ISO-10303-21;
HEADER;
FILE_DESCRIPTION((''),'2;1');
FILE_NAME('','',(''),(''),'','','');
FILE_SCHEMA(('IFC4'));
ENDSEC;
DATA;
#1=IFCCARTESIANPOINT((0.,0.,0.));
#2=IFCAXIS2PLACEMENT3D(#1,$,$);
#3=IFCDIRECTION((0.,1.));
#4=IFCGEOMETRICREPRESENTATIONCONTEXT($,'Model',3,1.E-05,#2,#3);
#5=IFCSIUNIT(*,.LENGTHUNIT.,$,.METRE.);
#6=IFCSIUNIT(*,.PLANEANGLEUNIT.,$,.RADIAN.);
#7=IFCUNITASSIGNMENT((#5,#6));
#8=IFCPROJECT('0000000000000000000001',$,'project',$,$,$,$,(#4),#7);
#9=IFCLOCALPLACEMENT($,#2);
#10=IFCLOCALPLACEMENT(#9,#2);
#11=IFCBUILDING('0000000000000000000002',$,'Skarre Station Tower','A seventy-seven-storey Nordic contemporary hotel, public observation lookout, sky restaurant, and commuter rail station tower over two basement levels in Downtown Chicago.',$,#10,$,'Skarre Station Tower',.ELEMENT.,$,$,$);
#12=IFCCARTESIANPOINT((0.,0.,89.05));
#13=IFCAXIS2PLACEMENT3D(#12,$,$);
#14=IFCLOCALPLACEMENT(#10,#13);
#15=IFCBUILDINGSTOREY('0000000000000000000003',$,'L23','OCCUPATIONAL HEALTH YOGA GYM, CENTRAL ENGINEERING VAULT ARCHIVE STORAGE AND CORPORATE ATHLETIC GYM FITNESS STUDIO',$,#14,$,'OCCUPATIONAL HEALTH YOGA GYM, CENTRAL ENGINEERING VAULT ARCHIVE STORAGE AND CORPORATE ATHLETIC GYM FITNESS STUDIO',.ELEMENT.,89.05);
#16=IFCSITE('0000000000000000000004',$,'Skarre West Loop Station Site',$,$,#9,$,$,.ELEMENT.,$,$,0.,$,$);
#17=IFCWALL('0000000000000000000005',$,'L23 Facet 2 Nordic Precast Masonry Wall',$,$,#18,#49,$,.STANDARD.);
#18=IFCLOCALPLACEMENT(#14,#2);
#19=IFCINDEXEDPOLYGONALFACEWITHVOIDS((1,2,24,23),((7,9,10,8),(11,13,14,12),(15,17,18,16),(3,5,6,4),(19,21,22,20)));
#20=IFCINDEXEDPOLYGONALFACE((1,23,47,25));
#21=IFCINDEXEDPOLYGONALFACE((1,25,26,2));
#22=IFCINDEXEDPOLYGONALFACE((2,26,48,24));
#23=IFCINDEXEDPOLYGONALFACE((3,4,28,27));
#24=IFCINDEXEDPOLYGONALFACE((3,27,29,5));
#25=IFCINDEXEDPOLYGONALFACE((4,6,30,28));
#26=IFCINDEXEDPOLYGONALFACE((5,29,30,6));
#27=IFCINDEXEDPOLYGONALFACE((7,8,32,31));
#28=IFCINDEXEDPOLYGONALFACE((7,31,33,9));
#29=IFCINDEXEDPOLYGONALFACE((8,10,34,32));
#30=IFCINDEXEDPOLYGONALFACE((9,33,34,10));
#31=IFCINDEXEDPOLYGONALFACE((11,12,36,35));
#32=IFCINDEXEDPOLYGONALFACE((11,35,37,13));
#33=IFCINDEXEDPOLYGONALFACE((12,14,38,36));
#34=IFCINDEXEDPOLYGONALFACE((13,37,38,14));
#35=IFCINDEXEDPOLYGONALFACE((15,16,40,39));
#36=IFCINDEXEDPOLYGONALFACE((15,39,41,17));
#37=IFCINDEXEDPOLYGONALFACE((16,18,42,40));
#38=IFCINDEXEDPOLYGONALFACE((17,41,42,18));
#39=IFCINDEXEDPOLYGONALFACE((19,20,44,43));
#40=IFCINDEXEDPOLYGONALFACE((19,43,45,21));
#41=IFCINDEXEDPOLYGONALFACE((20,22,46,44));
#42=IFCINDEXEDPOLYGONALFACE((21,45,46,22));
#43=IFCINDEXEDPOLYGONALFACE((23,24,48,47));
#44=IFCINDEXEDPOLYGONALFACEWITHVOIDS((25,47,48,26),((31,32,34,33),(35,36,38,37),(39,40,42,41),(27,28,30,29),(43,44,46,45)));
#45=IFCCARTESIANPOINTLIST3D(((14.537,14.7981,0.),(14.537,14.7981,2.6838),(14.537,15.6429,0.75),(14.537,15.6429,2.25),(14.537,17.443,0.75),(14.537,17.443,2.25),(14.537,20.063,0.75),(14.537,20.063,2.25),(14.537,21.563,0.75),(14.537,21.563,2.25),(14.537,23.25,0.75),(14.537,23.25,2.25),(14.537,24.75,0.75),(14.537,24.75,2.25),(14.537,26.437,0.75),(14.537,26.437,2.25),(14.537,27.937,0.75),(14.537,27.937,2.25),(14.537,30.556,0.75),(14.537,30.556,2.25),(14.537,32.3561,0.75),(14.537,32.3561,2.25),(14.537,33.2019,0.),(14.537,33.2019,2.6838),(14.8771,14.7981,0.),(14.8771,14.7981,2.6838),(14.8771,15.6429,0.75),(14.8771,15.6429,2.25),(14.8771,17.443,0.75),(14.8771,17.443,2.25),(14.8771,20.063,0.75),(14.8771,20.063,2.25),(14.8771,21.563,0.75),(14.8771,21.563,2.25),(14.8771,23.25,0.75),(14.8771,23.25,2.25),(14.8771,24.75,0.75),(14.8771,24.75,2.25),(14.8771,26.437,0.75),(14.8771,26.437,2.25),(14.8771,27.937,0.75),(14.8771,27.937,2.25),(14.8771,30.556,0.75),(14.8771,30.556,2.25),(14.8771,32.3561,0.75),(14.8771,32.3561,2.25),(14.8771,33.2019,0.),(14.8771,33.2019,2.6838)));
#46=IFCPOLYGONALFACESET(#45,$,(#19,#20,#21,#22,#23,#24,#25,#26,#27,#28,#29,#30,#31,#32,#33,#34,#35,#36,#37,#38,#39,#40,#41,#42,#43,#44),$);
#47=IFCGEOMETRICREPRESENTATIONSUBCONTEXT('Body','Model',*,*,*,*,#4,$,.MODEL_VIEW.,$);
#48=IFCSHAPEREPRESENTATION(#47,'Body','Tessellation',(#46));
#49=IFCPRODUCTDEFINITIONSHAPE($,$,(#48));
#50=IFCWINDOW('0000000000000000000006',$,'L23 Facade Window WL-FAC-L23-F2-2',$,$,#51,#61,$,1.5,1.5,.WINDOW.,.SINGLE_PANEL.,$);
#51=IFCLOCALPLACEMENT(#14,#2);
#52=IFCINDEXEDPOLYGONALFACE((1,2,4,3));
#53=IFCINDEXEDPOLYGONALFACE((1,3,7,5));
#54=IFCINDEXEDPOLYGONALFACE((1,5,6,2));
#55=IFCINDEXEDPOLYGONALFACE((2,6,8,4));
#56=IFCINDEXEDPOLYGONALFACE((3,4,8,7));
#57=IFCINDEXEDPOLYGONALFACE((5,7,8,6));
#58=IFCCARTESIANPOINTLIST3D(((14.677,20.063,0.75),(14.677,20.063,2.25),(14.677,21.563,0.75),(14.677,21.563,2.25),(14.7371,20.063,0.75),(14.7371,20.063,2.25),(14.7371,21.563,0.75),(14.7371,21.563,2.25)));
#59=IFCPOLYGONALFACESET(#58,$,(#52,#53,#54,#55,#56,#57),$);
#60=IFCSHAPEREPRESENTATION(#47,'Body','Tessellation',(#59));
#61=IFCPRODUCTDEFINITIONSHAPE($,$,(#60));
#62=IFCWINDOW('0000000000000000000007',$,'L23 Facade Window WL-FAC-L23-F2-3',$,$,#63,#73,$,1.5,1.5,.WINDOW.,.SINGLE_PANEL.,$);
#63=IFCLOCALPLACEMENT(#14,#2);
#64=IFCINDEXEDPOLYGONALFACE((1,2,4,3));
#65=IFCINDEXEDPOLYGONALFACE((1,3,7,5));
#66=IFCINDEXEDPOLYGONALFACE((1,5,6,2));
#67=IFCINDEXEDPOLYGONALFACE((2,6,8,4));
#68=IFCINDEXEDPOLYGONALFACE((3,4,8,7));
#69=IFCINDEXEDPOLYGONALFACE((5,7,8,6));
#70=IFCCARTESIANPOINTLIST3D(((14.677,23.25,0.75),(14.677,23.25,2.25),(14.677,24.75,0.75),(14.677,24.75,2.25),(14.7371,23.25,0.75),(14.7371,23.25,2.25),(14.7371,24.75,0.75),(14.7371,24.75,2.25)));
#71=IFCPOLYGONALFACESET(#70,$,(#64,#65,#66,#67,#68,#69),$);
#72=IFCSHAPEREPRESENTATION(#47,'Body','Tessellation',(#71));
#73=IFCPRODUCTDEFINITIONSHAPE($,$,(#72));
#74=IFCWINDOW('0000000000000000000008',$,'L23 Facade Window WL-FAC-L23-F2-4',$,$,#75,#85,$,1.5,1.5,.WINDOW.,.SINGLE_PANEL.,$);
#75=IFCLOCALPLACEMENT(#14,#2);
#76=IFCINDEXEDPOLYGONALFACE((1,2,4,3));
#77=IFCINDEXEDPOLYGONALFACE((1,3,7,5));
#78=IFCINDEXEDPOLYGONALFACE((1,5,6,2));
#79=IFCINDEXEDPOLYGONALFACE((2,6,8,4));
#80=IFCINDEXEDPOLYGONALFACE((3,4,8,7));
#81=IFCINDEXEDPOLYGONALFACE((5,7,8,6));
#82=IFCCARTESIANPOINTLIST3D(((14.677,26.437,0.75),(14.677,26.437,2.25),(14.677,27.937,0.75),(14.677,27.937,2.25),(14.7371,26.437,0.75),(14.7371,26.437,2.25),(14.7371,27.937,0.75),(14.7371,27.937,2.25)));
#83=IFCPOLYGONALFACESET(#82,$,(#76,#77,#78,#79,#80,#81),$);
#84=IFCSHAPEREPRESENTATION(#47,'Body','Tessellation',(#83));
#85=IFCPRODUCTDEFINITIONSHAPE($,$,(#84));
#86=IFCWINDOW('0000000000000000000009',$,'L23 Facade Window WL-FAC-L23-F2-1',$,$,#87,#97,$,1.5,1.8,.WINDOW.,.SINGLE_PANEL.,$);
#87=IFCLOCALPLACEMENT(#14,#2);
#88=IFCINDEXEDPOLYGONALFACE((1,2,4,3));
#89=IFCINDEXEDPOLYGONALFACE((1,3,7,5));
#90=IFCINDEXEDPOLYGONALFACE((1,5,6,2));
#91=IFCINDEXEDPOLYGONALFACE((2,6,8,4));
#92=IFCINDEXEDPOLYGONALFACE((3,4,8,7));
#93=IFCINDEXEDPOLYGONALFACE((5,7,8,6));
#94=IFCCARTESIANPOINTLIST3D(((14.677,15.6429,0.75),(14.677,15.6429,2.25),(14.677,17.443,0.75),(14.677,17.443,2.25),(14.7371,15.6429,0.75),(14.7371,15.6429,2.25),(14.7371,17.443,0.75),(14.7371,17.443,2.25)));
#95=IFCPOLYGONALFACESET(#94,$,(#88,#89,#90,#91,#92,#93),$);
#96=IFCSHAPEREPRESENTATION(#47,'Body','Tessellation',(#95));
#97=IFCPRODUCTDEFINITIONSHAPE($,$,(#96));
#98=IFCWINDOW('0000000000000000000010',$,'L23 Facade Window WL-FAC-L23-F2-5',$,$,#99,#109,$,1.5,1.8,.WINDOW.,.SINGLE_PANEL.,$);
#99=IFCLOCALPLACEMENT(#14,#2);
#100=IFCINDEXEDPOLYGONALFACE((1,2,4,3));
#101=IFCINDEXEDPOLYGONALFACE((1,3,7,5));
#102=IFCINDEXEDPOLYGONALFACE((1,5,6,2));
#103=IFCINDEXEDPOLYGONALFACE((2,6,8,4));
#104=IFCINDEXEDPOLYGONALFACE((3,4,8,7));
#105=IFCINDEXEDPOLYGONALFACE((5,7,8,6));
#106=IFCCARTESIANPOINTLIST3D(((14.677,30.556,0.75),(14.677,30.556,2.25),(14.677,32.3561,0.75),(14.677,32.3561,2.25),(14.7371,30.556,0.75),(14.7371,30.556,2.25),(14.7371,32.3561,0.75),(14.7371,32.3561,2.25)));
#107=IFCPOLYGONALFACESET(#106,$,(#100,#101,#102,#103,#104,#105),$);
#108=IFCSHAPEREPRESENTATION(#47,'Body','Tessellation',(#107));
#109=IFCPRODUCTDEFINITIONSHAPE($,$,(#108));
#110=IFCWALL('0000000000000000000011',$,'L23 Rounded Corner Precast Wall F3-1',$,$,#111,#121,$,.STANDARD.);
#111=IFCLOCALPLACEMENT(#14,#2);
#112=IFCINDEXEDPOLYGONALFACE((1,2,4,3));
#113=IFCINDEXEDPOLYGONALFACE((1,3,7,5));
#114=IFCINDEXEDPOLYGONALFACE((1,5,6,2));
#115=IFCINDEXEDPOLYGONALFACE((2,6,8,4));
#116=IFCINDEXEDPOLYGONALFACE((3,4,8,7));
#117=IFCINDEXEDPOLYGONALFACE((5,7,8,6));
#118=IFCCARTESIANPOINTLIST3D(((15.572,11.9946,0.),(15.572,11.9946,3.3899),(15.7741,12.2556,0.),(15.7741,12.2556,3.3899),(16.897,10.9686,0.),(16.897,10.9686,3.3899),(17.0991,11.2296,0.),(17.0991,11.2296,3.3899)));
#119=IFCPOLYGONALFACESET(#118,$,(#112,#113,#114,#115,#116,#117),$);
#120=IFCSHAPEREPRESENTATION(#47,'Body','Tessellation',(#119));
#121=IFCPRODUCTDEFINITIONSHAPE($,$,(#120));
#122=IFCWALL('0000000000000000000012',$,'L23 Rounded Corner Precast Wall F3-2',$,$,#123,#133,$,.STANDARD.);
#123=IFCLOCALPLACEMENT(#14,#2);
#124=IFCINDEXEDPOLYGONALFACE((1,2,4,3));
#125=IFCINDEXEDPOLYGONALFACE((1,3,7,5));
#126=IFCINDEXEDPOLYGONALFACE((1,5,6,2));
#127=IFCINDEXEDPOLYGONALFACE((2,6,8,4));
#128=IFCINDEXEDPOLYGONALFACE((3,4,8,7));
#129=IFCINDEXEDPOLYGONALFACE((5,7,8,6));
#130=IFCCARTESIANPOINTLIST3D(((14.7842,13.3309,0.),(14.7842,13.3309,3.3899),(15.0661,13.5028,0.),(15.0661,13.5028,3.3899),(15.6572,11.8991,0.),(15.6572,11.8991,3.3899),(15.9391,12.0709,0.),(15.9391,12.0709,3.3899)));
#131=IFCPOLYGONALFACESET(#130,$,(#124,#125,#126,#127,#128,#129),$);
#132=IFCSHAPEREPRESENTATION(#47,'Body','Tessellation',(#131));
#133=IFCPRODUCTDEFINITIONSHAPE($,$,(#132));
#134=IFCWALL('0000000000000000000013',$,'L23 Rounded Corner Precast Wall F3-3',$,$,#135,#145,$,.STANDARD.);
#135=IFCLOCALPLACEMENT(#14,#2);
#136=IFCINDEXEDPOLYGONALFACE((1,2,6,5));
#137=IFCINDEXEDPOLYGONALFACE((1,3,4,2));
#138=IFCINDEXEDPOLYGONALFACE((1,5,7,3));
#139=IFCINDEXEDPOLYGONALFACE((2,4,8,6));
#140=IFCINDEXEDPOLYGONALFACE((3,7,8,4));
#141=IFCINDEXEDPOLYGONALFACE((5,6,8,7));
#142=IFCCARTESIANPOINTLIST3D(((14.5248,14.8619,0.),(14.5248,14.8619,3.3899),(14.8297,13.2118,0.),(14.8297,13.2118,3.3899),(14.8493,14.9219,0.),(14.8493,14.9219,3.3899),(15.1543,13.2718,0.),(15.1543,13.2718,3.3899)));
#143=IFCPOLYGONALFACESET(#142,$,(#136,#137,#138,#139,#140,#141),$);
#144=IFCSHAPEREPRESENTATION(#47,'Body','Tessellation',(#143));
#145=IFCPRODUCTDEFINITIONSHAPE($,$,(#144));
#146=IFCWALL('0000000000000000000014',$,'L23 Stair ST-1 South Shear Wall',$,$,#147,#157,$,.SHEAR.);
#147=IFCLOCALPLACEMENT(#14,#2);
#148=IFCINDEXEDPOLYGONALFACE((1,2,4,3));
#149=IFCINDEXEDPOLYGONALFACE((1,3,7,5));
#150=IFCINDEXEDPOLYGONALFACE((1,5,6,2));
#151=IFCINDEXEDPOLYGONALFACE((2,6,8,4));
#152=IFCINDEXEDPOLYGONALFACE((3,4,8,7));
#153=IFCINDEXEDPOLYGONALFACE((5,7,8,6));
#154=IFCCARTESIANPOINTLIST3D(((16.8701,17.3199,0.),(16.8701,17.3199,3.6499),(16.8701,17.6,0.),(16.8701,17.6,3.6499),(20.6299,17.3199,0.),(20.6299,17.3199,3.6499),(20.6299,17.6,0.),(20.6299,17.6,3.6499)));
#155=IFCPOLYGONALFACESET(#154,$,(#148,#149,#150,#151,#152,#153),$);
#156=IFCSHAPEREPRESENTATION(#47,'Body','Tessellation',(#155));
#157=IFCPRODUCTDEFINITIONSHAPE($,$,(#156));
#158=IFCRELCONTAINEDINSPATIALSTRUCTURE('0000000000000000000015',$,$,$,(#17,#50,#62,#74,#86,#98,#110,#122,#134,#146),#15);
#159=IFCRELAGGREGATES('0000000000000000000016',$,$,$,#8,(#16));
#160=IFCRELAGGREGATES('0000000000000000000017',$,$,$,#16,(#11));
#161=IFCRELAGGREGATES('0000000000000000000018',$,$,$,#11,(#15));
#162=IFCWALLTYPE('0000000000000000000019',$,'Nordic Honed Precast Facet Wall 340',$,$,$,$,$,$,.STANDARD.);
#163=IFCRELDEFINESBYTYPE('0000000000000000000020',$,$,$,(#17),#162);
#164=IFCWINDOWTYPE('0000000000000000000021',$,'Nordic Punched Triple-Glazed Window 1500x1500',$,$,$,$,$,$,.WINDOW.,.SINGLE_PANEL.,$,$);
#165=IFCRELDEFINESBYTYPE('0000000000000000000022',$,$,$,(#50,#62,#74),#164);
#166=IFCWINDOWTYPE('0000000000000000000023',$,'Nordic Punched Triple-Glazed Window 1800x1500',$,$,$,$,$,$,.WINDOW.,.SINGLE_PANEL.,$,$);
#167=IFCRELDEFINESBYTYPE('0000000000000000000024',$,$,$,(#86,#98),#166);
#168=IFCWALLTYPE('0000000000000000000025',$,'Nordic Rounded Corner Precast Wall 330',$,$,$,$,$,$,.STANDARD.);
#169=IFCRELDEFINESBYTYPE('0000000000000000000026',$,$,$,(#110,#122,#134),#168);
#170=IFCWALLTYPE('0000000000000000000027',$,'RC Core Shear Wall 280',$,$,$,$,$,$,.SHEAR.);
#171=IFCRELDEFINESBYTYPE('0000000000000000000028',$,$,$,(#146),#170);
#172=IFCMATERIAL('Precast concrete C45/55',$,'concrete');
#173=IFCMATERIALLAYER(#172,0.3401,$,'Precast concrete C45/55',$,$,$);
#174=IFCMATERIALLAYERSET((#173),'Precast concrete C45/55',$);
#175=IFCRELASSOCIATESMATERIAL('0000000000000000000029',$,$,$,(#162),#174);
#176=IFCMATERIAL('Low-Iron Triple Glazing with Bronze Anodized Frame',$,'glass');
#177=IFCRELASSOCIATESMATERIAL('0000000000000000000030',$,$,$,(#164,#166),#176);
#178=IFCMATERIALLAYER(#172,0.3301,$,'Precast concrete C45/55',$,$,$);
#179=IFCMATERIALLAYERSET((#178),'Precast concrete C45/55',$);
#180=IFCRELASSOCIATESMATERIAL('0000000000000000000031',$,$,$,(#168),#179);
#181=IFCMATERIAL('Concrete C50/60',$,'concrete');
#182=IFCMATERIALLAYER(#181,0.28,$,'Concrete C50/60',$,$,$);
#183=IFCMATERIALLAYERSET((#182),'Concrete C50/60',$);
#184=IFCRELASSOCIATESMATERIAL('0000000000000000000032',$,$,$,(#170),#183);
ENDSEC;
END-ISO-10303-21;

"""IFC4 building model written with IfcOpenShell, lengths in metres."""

from ifc_helpers import new_model, si_unit, direction, frame, frame_2d, origin, place, context, subcontext, project, spatial, rectangle, extrude, material, layer, layer_set, type_object, element, fill, save


model = new_model("IFC4")

# Units and contexts
model_context = context("Model", 3, precision=1e-05, world=origin(), true_north=direction((0.0, 1.0)))
body_context = subcontext(model_context, "Body", "Model", "MODEL_VIEW")
ifc_project = project(units=[si_unit("LENGTHUNIT", "METRE"), si_unit("PLANEANGLEUNIT", "RADIAN")], contexts=[model_context])

# Site, building, storey
site_placement = place(None, origin())
site = spatial("IfcSite", under=ifc_project, at=site_placement, Name="Skarre West Loop Station Site", CompositionType="ELEMENT", RefElevation=0.0)
building_placement = place(site_placement, origin())
building = spatial("IfcBuilding", under=site, at=building_placement, Name="Skarre Station Tower", Description="A seventy-seven-storey Nordic contemporary hotel, public observation lookout, sky restaurant, and commuter rail station tower over two basement levels in Downtown Chicago.", LongName="Skarre Station Tower", CompositionType="ELEMENT")
storey_placement = place(building_placement, frame((0.0, 0.0, 89.05)))
storey = spatial("IfcBuildingStorey", under=building, at=storey_placement, Name="L23", Description="OCCUPATIONAL HEALTH YOGA GYM, CENTRAL ENGINEERING VAULT ARCHIVE STORAGE AND CORPORATE ATHLETIC GYM FITNESS STUDIO", LongName="OCCUPATIONAL HEALTH YOGA GYM, CENTRAL ENGINEERING VAULT ARCHIVE STORAGE AND CORPORATE ATHLETIC GYM FITNESS STUDIO", CompositionType="ELEMENT", Elevation=89.05)

# Shared definitions
ifc_material_1 = material(Name="Concrete C50/60", Category="concrete")

# Wall, openings, windows
ifc_material_2 = material(Name="Precast concrete C45/55", Category="concrete")
ifc_layer_1 = layer(ifc_material_2, 0.3401, Name="Precast concrete C45/55")
ifc_layer_set_1 = layer_set([ifc_layer_1], Name="Precast concrete C45/55")
wall_type_1 = type_object("IfcWallType", Name="Nordic Honed Precast Facet Wall 340", PredefinedType="STANDARD", material=ifc_layer_set_1)
wall_1_placement = place(storey_placement, frame((14.707, 14.7981, 0.0), z_axis=(0.0, 0.0, 1.0), x_axis=(0.0, 1.0, 0.0)))
wall_1 = element("IfcWall", 1, at=wall_1_placement, inside=storey, type_object=wall_type_1, Name="L23 Facet 2 Nordic Precast Masonry Wall", PredefinedType="STANDARD", context=body_context, shape_type="SweptSolid", body=[
    extrude(rectangle(XDim=18.4038, YDim=0.3401, at=frame_2d((9.2019, 0.0))), origin(), (0.0, 0.0, 1.0), 2.6838),
])
opening_1_placement = place(wall_1_placement, frame((0.845, 0.0, 0.75)))
opening_1 = element("IfcOpeningElement", 2, at=opening_1_placement, cuts=wall_1, PredefinedType="OPENING", context=body_context, shape_type="SweptSolid", body=[
    extrude(rectangle(XDim=1.8, YDim=1.5, at=frame_2d((0.8999, 0.75))), frame((0.0, 0.1799, 0.0), z_axis=(0.0, -1.0, 0.0), x_axis=(1.0, 0.0, 0.0)), (0.0, 0.0, 1.0), 0.3601),
])
opening_2_placement = place(wall_1_placement, frame((5.2649, 0.0, 0.75)))
opening_2 = element("IfcOpeningElement", 3, at=opening_2_placement, cuts=wall_1, PredefinedType="OPENING", context=body_context, shape_type="SweptSolid", body=[
    extrude(rectangle(XDim=1.5, YDim=1.5, at=frame_2d((0.75, 0.75))), frame((0.0, 0.1799, 0.0), z_axis=(0.0, -1.0, 0.0), x_axis=(1.0, 0.0, 0.0)), (0.0, 0.0, 1.0), 0.3601),
])
opening_3_placement = place(wall_1_placement, frame((8.4519, 0.0, 0.75)))
opening_3 = element("IfcOpeningElement", 4, at=opening_3_placement, cuts=wall_1, PredefinedType="OPENING", context=body_context, shape_type="SweptSolid", body=[
    extrude(rectangle(XDim=1.5, YDim=1.5, at=frame_2d((0.75, 0.75))), frame((0.0, 0.1799, 0.0), z_axis=(0.0, -1.0, 0.0), x_axis=(1.0, 0.0, 0.0)), (0.0, 0.0, 1.0), 0.3601),
])
opening_4_placement = place(wall_1_placement, frame((11.6389, 0.0, 0.75)))
opening_4 = element("IfcOpeningElement", 5, at=opening_4_placement, cuts=wall_1, PredefinedType="OPENING", context=body_context, shape_type="SweptSolid", body=[
    extrude(rectangle(XDim=1.5, YDim=1.5, at=frame_2d((0.75, 0.75))), frame((0.0, 0.1799, 0.0), z_axis=(0.0, -1.0, 0.0), x_axis=(1.0, 0.0, 0.0)), (0.0, 0.0, 1.0), 0.3601),
])
opening_5_placement = place(wall_1_placement, frame((15.7581, 0.0, 0.75)))
opening_5 = element("IfcOpeningElement", 6, at=opening_5_placement, cuts=wall_1, PredefinedType="OPENING", context=body_context, shape_type="SweptSolid", body=[
    extrude(rectangle(XDim=1.8, YDim=1.5, at=frame_2d((0.8999, 0.75))), frame((0.0, 0.1799, 0.0), z_axis=(0.0, -1.0, 0.0), x_axis=(1.0, 0.0, 0.0)), (0.0, 0.0, 1.0), 0.3601),
])
ifc_material_3 = material(Name="Low-Iron Triple Glazing with Bronze Anodized Frame", Category="glass")
window_type_1 = type_object("IfcWindowType", Name="Nordic Punched Triple-Glazed Window 1500x1500", PartitioningType="SINGLE_PANEL", PredefinedType="WINDOW", material=ifc_material_3)
window_1_placement = place(opening_2_placement, origin())
window_1 = element("IfcWindow", 7, at=window_1_placement, inside=storey, type_object=window_type_1, Name="L23 Facade Window WL-FAC-L23-F2-2", OverallHeight=1.5, OverallWidth=1.5, PartitioningType="SINGLE_PANEL", PredefinedType="WINDOW", context=body_context, shape_type="SweptSolid", body=[
    extrude(rectangle(XDim=1.5, YDim=1.5, at=frame_2d((0.75, 0.75))), frame((0.0, 0.03, 0.0), z_axis=(0.0, -1.0, 0.0), x_axis=(1.0, 0.0, 0.0)), (0.0, 0.0, 1.0), 0.0601),
])
fill(opening_2, window_1)
window_2_placement = place(opening_3_placement, origin())
window_2 = element("IfcWindow", 8, at=window_2_placement, inside=storey, type_object=window_type_1, Name="L23 Facade Window WL-FAC-L23-F2-3", OverallHeight=1.5, OverallWidth=1.5, PartitioningType="SINGLE_PANEL", PredefinedType="WINDOW", context=body_context, shape_type="SweptSolid", body=[
    extrude(rectangle(XDim=1.5, YDim=1.5, at=frame_2d((0.75, 0.75))), frame((0.0, 0.03, 0.0), z_axis=(0.0, -1.0, 0.0), x_axis=(1.0, 0.0, 0.0)), (0.0, 0.0, 1.0), 0.0601),
])
fill(opening_3, window_2)
window_3_placement = place(opening_4_placement, origin())
window_3 = element("IfcWindow", 9, at=window_3_placement, inside=storey, type_object=window_type_1, Name="L23 Facade Window WL-FAC-L23-F2-4", OverallHeight=1.5, OverallWidth=1.5, PartitioningType="SINGLE_PANEL", PredefinedType="WINDOW", context=body_context, shape_type="SweptSolid", body=[
    extrude(rectangle(XDim=1.5, YDim=1.5, at=frame_2d((0.75, 0.75))), frame((0.0, 0.03, 0.0), z_axis=(0.0, -1.0, 0.0), x_axis=(1.0, 0.0, 0.0)), (0.0, 0.0, 1.0), 0.0601),
])
fill(opening_4, window_3)
window_type_2 = type_object("IfcWindowType", Name="Nordic Punched Triple-Glazed Window 1800x1500", PartitioningType="SINGLE_PANEL", PredefinedType="WINDOW", material=ifc_material_3)
window_4_placement = place(opening_1_placement, origin())
window_4 = element("IfcWindow", 10, at=window_4_placement, inside=storey, type_object=window_type_2, Name="L23 Facade Window WL-FAC-L23-F2-1", OverallHeight=1.5, OverallWidth=1.8, PartitioningType="SINGLE_PANEL", PredefinedType="WINDOW", context=body_context, shape_type="SweptSolid", body=[
    extrude(rectangle(XDim=1.8, YDim=1.5, at=frame_2d((0.8999, 0.75))), frame((0.0, 0.03, 0.0), z_axis=(0.0, -1.0, 0.0), x_axis=(1.0, 0.0, 0.0)), (0.0, 0.0, 1.0), 0.0601),
])
fill(opening_1, window_4)
window_5_placement = place(opening_5_placement, origin())
window_5 = element("IfcWindow", 11, at=window_5_placement, inside=storey, type_object=window_type_2, Name="L23 Facade Window WL-FAC-L23-F2-5", OverallHeight=1.5, OverallWidth=1.8, PartitioningType="SINGLE_PANEL", PredefinedType="WINDOW", context=body_context, shape_type="SweptSolid", body=[
    extrude(rectangle(XDim=1.8, YDim=1.5, at=frame_2d((0.8999, 0.75))), frame((0.0, 0.03, 0.0), z_axis=(0.0, -1.0, 0.0), x_axis=(1.0, 0.0, 0.0)), (0.0, 0.0, 1.0), 0.0601),
])
fill(opening_5, window_5)

# Walls
ifc_layer_2 = layer(ifc_material_2, 0.3301, Name="Precast concrete C45/55")
ifc_layer_set_2 = layer_set([ifc_layer_2], Name="Precast concrete C45/55")
wall_type_2 = type_object("IfcWallType", Name="Nordic Rounded Corner Precast Wall 330", PredefinedType="STANDARD", material=ifc_layer_set_2)
wall_2_placement = place(storey_placement, frame((16.998, 11.0991, 0.0), z_axis=(0.0, 0.0, 1.0), x_axis=(-0.790692, 0.612214, 0.0)))
element("IfcWall", 12, at=wall_2_placement, inside=storey, type_object=wall_type_2, Name="L23 Rounded Corner Precast Wall F3-1", PredefinedType="STANDARD", context=body_context, shape_type="SweptSolid", body=[
    extrude(rectangle(XDim=1.6758, YDim=0.3301, at=frame_2d((0.8379, 0.0))), origin(), (0.0, 0.0, 1.0), 3.3899),
])
wall_3_placement = place(storey_placement, frame((15.7981, 11.9851, 0.0), z_axis=(0.0, 0.0, 1.0), x_axis=(-0.520584, 0.85381, 0.0)))
element("IfcWall", 13, at=wall_3_placement, inside=storey, type_object=wall_type_2, Name="L23 Rounded Corner Precast Wall F3-2", PredefinedType="STANDARD", context=body_context, shape_type="SweptSolid", body=[
    extrude(rectangle(XDim=1.677, YDim=0.3301, at=frame_2d((0.8384, 0.0))), origin(), (0.0, 0.0, 1.0), 3.3899),
])
wall_4_placement = place(storey_placement, frame((14.9919, 13.2419, 0.0), z_axis=(0.0, 0.0, 1.0), x_axis=(-0.181714, 0.983351, 0.0)))
element("IfcWall", 14, at=wall_4_placement, inside=storey, type_object=wall_type_2, Name="L23 Rounded Corner Precast Wall F3-3", PredefinedType="STANDARD", context=body_context, shape_type="SweptSolid", body=[
    extrude(rectangle(XDim=1.678, YDim=0.3301, at=frame_2d((0.8389, 0.0))), origin(), (0.0, 0.0, 1.0), 3.3899),
])
ifc_layer_3 = layer(ifc_material_1, 0.28, Name="Concrete C50/60")
ifc_layer_set_3 = layer_set([ifc_layer_3], Name="Concrete C50/60")
wall_type_3 = type_object("IfcWallType", Name="RC Core Shear Wall 280", PredefinedType="SHEAR", material=ifc_layer_set_3)
wall_5_placement = place(storey_placement, frame((16.8701, 17.46, 0.0), z_axis=(0.0, 0.0, 1.0), x_axis=(1.0, 0.0, 0.0)))
element("IfcWall", 15, at=wall_5_placement, inside=storey, type_object=wall_type_3, Name="L23 Stair ST-1 South Shear Wall", PredefinedType="SHEAR", context=body_context, shape_type="SweptSolid", body=[
    extrude(rectangle(XDim=3.7598, YDim=0.28, at=frame_2d((1.8799, 0.0))), origin(), (0.0, 0.0, 1.0), 3.6499),
])

save(model, "model.ifc")
